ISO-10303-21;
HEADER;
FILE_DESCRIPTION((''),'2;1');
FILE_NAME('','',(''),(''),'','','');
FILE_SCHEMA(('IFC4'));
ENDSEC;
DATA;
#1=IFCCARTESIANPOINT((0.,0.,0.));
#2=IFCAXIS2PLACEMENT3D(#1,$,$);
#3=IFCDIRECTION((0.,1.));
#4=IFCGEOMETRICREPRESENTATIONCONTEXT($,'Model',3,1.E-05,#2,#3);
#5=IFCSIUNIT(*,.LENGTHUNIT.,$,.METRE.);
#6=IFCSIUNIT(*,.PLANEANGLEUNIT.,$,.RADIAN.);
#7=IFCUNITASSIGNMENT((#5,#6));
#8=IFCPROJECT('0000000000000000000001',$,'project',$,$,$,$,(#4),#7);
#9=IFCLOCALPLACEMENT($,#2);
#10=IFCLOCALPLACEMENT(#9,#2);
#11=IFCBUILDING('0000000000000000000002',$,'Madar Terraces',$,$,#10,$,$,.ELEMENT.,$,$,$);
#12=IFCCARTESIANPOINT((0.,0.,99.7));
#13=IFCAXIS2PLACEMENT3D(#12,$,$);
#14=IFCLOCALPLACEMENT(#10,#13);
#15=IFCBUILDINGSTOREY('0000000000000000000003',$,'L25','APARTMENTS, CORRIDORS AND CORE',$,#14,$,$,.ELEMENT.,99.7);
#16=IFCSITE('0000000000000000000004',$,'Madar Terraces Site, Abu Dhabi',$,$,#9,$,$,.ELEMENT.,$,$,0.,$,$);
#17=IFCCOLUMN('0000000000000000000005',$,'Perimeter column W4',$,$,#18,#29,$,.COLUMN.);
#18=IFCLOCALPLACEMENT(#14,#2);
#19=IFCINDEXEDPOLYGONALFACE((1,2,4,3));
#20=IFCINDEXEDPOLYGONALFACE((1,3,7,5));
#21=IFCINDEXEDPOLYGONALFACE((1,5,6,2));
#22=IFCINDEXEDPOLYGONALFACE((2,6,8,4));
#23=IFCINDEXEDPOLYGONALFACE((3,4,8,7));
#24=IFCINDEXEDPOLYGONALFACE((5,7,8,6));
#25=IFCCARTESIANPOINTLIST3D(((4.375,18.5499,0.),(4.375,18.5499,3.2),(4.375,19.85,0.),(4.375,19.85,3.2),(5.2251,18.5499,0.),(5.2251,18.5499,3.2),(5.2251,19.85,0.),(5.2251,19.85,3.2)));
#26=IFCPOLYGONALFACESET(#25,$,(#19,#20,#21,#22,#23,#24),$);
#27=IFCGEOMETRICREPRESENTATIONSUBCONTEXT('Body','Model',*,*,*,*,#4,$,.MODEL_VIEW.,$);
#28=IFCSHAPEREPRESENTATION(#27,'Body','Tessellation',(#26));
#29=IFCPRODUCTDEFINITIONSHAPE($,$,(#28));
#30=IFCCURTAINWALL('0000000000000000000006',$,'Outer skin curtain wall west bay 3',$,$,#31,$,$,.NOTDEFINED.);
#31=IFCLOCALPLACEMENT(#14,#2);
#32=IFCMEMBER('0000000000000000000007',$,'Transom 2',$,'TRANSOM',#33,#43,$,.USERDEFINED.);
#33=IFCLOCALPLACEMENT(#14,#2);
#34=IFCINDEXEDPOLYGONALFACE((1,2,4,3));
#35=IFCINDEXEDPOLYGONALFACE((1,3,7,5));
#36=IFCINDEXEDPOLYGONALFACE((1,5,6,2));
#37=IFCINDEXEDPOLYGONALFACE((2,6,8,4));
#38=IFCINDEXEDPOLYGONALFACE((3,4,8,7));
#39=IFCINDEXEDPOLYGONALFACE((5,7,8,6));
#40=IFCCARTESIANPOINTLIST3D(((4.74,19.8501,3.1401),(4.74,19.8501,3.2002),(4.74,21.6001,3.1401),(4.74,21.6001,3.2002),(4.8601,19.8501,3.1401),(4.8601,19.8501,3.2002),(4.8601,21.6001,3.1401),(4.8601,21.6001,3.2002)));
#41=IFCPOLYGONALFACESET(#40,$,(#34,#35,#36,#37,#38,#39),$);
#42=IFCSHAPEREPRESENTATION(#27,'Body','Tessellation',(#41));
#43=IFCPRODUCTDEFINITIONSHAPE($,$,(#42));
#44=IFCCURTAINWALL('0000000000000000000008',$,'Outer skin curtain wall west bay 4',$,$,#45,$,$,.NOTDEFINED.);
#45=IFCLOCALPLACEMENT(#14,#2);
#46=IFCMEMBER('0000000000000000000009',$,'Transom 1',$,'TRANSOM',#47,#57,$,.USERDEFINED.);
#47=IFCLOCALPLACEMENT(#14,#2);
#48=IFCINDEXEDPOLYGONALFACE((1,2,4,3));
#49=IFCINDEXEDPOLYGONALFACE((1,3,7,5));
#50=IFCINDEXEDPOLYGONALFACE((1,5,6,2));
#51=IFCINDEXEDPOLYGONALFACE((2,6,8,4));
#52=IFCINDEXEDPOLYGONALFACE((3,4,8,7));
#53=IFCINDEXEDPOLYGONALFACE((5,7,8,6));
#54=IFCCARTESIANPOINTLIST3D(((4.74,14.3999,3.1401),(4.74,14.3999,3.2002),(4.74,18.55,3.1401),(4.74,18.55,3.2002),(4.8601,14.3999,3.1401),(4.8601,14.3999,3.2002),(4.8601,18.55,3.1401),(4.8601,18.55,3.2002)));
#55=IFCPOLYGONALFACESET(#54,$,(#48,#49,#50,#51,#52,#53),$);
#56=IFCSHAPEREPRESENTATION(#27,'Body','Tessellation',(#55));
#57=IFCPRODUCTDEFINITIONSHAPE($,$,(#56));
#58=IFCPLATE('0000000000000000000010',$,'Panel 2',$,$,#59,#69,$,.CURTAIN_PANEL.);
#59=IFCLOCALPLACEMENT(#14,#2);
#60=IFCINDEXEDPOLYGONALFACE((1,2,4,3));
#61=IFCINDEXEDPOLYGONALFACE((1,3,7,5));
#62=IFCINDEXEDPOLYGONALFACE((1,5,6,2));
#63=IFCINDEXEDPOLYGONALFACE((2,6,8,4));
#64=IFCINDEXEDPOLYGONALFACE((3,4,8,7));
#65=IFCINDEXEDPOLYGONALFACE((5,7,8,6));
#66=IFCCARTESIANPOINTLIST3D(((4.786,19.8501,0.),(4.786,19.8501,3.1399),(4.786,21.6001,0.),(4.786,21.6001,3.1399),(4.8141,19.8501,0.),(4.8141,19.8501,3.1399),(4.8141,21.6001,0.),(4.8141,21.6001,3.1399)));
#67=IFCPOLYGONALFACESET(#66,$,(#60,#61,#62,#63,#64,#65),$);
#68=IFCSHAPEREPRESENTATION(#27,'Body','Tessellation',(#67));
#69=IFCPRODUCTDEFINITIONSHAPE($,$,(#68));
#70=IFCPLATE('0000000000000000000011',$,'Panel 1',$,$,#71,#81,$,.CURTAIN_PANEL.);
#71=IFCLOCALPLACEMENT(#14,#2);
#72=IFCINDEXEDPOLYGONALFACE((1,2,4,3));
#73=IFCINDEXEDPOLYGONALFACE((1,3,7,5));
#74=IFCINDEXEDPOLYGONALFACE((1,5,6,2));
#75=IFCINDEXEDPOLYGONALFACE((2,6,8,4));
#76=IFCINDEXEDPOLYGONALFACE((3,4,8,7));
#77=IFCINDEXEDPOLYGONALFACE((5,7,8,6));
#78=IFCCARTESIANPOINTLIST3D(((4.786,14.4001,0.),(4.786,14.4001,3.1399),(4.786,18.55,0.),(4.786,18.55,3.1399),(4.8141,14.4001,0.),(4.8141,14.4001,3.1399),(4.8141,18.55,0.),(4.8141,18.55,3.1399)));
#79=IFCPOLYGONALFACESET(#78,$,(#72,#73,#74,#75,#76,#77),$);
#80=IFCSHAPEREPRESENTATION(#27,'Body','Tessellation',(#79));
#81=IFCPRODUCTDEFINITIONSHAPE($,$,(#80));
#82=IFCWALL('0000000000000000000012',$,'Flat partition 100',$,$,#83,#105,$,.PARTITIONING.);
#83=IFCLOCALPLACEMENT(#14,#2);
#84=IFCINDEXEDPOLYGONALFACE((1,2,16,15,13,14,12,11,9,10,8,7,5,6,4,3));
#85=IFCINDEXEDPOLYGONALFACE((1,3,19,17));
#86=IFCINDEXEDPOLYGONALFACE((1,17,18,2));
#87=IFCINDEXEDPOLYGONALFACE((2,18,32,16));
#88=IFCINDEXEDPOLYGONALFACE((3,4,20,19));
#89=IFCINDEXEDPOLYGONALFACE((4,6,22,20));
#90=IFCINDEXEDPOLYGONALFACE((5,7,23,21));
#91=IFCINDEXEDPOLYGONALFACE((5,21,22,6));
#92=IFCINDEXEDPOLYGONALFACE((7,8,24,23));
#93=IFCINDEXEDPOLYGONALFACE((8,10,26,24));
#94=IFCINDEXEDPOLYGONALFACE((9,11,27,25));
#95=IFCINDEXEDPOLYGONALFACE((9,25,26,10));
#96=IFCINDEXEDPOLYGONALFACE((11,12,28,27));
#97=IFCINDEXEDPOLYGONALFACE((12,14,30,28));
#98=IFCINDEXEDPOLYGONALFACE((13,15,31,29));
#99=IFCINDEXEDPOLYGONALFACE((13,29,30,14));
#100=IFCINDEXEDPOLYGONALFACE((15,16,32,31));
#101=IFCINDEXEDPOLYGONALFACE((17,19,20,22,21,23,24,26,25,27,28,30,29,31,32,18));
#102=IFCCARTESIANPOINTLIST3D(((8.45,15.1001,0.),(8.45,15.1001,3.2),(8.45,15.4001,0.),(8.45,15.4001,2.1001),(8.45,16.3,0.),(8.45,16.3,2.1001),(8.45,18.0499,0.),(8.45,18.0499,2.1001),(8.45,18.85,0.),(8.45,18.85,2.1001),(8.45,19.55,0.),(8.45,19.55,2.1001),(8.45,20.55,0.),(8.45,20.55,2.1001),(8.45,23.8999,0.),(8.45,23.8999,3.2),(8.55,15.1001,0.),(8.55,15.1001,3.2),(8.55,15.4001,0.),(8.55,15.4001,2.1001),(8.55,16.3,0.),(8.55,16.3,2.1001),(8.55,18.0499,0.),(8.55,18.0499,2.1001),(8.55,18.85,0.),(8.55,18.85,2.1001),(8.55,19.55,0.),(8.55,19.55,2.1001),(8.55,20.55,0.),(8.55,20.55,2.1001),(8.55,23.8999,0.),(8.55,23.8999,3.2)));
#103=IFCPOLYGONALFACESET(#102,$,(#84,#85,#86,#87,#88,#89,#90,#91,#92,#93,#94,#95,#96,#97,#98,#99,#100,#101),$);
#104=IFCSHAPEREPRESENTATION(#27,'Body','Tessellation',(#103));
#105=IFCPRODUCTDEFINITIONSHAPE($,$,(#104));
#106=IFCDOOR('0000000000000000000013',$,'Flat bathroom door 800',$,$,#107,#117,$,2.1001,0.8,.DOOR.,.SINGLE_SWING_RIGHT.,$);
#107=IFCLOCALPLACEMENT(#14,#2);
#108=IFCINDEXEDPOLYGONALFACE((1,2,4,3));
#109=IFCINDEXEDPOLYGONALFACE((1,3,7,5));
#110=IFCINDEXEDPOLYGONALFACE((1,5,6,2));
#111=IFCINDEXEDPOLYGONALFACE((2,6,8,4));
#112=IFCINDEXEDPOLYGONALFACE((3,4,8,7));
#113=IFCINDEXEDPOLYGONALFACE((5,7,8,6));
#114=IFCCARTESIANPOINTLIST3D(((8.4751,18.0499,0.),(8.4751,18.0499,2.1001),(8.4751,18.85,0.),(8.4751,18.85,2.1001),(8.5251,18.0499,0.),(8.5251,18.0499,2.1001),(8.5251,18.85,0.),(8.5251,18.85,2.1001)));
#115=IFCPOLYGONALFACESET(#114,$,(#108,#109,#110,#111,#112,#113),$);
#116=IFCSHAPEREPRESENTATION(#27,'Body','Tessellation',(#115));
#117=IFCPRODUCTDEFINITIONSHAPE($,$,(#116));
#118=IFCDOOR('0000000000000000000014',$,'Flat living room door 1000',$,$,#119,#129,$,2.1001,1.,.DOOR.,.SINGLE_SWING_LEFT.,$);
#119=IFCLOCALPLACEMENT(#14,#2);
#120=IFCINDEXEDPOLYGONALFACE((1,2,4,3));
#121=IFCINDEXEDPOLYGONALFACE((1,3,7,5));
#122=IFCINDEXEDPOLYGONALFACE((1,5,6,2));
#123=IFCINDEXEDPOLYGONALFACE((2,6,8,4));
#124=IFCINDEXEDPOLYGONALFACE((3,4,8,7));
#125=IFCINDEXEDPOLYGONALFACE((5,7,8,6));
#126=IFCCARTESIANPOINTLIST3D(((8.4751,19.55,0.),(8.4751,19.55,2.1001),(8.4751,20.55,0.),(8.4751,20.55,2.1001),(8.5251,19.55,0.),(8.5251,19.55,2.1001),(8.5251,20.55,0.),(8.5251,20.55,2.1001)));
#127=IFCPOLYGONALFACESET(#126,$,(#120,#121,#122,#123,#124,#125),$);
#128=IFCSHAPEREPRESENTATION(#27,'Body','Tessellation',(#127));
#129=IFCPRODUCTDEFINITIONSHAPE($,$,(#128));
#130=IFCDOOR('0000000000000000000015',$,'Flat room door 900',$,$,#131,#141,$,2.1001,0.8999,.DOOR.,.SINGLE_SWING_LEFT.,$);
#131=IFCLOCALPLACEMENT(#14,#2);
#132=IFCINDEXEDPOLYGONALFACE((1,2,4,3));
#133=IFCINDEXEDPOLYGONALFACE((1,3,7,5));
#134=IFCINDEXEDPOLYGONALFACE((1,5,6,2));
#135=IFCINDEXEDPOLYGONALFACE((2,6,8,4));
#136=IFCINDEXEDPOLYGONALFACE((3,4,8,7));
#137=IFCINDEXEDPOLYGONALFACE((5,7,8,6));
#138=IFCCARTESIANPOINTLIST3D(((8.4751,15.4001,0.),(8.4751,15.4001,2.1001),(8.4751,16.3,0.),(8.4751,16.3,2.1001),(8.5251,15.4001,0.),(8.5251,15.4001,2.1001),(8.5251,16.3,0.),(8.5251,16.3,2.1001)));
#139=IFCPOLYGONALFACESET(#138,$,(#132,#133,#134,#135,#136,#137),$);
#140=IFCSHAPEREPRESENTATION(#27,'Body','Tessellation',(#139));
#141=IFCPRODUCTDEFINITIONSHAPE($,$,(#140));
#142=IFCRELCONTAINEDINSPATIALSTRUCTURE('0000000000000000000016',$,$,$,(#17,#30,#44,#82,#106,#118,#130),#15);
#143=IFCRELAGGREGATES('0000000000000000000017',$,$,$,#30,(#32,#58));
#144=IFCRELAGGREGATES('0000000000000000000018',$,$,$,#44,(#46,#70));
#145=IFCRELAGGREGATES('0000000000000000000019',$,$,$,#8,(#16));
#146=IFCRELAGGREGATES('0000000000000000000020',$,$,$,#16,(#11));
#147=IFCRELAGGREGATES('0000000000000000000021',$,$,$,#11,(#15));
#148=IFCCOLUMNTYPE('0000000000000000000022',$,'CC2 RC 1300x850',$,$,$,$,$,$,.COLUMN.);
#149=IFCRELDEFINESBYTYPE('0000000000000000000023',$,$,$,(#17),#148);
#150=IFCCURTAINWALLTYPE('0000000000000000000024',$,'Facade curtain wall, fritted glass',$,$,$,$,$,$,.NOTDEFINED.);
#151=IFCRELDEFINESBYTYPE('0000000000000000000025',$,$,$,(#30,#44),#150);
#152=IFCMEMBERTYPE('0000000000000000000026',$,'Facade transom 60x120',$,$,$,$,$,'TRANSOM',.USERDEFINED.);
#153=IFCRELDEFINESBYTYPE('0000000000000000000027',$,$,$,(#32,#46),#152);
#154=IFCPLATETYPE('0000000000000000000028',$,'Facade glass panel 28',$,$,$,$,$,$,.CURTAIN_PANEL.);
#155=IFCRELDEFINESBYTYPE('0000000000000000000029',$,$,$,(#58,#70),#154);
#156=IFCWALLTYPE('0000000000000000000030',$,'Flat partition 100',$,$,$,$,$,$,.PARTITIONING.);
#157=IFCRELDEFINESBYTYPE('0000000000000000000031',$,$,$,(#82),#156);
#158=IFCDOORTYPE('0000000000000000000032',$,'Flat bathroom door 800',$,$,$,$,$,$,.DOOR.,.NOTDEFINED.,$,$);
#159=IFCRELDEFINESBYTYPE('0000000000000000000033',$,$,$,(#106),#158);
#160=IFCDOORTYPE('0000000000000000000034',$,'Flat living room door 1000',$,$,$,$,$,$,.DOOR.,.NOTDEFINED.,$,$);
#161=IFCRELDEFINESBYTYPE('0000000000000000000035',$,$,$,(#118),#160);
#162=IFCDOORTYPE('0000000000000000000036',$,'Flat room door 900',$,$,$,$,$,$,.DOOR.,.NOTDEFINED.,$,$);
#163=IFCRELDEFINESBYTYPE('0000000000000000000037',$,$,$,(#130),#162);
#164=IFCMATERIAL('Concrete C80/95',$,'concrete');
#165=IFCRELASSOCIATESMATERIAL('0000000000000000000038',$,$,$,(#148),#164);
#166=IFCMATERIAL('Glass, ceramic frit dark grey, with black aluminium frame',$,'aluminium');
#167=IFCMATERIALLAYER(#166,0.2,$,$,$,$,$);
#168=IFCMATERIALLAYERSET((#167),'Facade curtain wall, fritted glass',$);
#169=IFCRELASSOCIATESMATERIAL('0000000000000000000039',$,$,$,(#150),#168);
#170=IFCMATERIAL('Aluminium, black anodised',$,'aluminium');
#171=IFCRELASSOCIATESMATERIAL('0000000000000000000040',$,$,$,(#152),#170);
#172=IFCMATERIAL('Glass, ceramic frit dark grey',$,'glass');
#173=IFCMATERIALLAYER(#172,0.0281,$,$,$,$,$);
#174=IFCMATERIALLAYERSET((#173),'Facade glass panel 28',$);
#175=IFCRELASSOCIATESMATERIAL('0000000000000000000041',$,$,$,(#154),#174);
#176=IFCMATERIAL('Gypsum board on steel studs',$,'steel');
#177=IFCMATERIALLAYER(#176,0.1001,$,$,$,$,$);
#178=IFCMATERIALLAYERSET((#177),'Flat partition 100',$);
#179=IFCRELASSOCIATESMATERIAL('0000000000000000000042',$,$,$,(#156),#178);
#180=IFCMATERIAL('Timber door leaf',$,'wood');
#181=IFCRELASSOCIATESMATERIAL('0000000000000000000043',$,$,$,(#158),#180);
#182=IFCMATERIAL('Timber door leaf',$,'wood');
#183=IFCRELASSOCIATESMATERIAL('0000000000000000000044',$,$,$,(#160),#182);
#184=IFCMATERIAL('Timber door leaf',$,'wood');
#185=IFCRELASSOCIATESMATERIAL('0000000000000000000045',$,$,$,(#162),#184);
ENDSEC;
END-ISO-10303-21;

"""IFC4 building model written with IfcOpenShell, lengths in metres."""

from ifc_helpers import new_model, si_unit, direction, frame, frame_2d, origin, origin_2d, place, context, subcontext, project, spatial, rectangle, extrude, material, layer, layer_set, material_profile, profile_set, type_object, element, fill, aggregate, save


model = new_model("IFC4")

# Units and contexts
model_context = context("Model", 3, precision=1e-05, world=origin(), true_north=direction((0.0, 1.0)))
body_context = subcontext(model_context, "Body", "Model", "MODEL_VIEW")
ifc_project = project(units=[si_unit("LENGTHUNIT", "METRE"), si_unit("PLANEANGLEUNIT", "RADIAN")], contexts=[model_context])

# Site, building, storey
site_placement = place(None, origin())
site = spatial("IfcSite", under=ifc_project, at=site_placement, Name="Madar Terraces Site, Abu Dhabi", CompositionType="ELEMENT", RefElevation=0.0)
building_placement = place(site_placement, origin())
building = spatial("IfcBuilding", under=site, at=building_placement, Name="Madar Terraces", CompositionType="ELEMENT")
storey_placement = place(building_placement, frame((0.0, 0.0, 99.7)))
storey = spatial("IfcBuildingStorey", under=building, at=storey_placement, Name="L25", Description="APARTMENTS, CORRIDORS AND CORE", CompositionType="ELEMENT", Elevation=99.7)

# Column
ifc_material_1 = material(Name="Concrete C80/95", Category="concrete")
ifc_material_profile_1 = material_profile(ifc_material_1, rectangle(XDim=1.3, YDim=0.8501, at=origin_2d()), Name="CC2 RC 1300x850")
ifc_profile_set_1 = profile_set([ifc_material_profile_1], Name="Concrete C80/95")
column_type = type_object("IfcColumnType", Name="CC2 RC 1300x850", PredefinedType="COLUMN", material=ifc_profile_set_1)
column_placement = place(storey_placement, frame((4.8, 19.2, 0.0), z_axis=(0.0, 0.0, 1.0), x_axis=(0.0, 1.0, 0.0)))
element("IfcColumn", 1, at=column_placement, inside=storey, type_object=column_type, Name="Perimeter column W4", PredefinedType="COLUMN", context=body_context, shape_type="SweptSolid", body=[
    extrude(rectangle(XDim=1.3, YDim=0.8501, at=origin_2d()), origin(), (0.0, 0.0, 1.0), 3.2),
])

# Curtain walls, members
ifc_material_2 = material(Name="Glass, ceramic frit dark grey, with black aluminium frame", Category="aluminium")
ifc_layer_1 = layer(ifc_material_2, 0.2)
ifc_layer_set_1 = layer_set([ifc_layer_1], Name="Facade curtain wall, fritted glass")
curtain_wall_type = type_object("IfcCurtainWallType", Name="Facade curtain wall, fritted glass", PredefinedType="NOTDEFINED", material=ifc_layer_set_1)
curtain_wall_1_placement = place(storey_placement, origin())
curtain_wall_1 = element("IfcCurtainWall", 2, at=curtain_wall_1_placement, inside=storey, type_object=curtain_wall_type, Name="Outer skin curtain wall west bay 3", PredefinedType="NOTDEFINED")
ifc_material_3 = material(Name="Aluminium, black anodised", Category="aluminium")
ifc_material_profile_2 = material_profile(ifc_material_3, rectangle(XDim=0.1201, YDim=0.0601, at=origin_2d()), Name="Facade transom 60x120")
ifc_profile_set_2 = profile_set([ifc_material_profile_2], Name="Aluminium, black anodised")
member_type = type_object("IfcMemberType", Name="Facade transom 60x120", ElementType="TRANSOM", PredefinedType="USERDEFINED", material=ifc_profile_set_2)
member_1_placement = place(storey_placement, frame((4.8, 21.6001, 3.1702), z_axis=(0.0, -1.0, 0.0), x_axis=(1.0, 0.0, 0.0)))
member_1 = element("IfcMember", 3, at=member_1_placement, type_object=member_type, Name="Transom 2", ObjectType="TRANSOM", PredefinedType="USERDEFINED", context=body_context, shape_type="SweptSolid", body=[
    extrude(rectangle(XDim=0.1201, YDim=0.0601, at=origin_2d()), origin(), (0.0, 0.0, 1.0), 1.75),
])
curtain_wall_2_placement = place(storey_placement, origin())
curtain_wall_2 = element("IfcCurtainWall", 4, at=curtain_wall_2_placement, inside=storey, type_object=curtain_wall_type, Name="Outer skin curtain wall west bay 4", PredefinedType="NOTDEFINED")
member_2_placement = place(storey_placement, frame((4.8, 18.55, 3.1702), z_axis=(0.0, -1.0, 0.0), x_axis=(1.0, 0.0, 0.0)))
member_2 = element("IfcMember", 5, at=member_2_placement, type_object=member_type, Name="Transom 1", ObjectType="TRANSOM", PredefinedType="USERDEFINED", context=body_context, shape_type="SweptSolid", body=[
    extrude(rectangle(XDim=0.1201, YDim=0.0601, at=origin_2d()), origin(), (0.0, 0.0, 1.0), 4.1501),
])

# Plates
ifc_material_4 = material(Name="Glass, ceramic frit dark grey", Category="glass")
ifc_layer_2 = layer(ifc_material_4, 0.0281)
ifc_layer_set_2 = layer_set([ifc_layer_2], Name="Facade glass panel 28")
plate_type = type_object("IfcPlateType", Name="Facade glass panel 28", PredefinedType="CURTAIN_PANEL", material=ifc_layer_set_2)
plate_1_placement = place(storey_placement, frame((4.8, 20.7251, 0.0), z_axis=(0.0, 0.0, 1.0), x_axis=(0.0, -1.0, 0.0)))
plate_1 = element("IfcPlate", 6, at=plate_1_placement, type_object=plate_type, Name="Panel 2", PredefinedType="CURTAIN_PANEL", context=body_context, shape_type="SweptSolid", body=[
    extrude(rectangle(XDim=1.75, YDim=0.0281, at=origin_2d()), origin(), (0.0, 0.0, 1.0), 3.1399),
])
aggregate(curtain_wall_1, [member_1, plate_1])
plate_2_placement = place(storey_placement, frame((4.8, 16.4751, 0.0), z_axis=(0.0, 0.0, 1.0), x_axis=(0.0, -1.0, 0.0)))
plate_2 = element("IfcPlate", 7, at=plate_2_placement, type_object=plate_type, Name="Panel 1", PredefinedType="CURTAIN_PANEL", context=body_context, shape_type="SweptSolid", body=[
    extrude(rectangle(XDim=4.1499, YDim=0.0281, at=origin_2d()), origin(), (0.0, 0.0, 1.0), 3.1399),
])
aggregate(curtain_wall_2, [member_2, plate_2])

# Wall, openings, doors
ifc_material_5 = material(Name="Gypsum board on steel studs", Category="steel")
ifc_layer_3 = layer(ifc_material_5, 0.1001)
ifc_layer_set_3 = layer_set([ifc_layer_3], Name="Flat partition 100")
wall_type_1 = type_object("IfcWallType", Name="Flat partition 100", PredefinedType="PARTITIONING", material=ifc_layer_set_3)
wall_1_placement = place(storey_placement, frame((8.5, 15.1001, 0.0), z_axis=(0.0, 0.0, 1.0), x_axis=(0.0, 1.0, 0.0)))
wall_1 = element("IfcWall", 8, at=wall_1_placement, inside=storey, type_object=wall_type_1, Name="Flat partition 100", PredefinedType="PARTITIONING", context=body_context, shape_type="SweptSolid", body=[
    extrude(rectangle(XDim=8.7998, YDim=0.1001, at=frame_2d((4.3999, 0.0))), origin(), (0.0, 0.0, 1.0), 3.2),
])
opening_1_placement = place(wall_1_placement, frame((4.45, 0.0, 0.0)))
opening_1 = element("IfcOpeningElement", 9, at=opening_1_placement, cuts=wall_1, PredefinedType="OPENING", context=body_context, shape_type="SweptSolid", body=[
    extrude(rectangle(XDim=1.0, YDim=2.1001, at=frame_2d((0.5, 1.05))), frame((0.0, 0.0601, 0.0), z_axis=(0.0, -1.0, 0.0), x_axis=(1.0, 0.0, 0.0)), (0.0, 0.0, 1.0), 0.1201),
])
opening_2_placement = place(wall_1_placement, frame((2.95, 0.0, 0.0)))
opening_2 = element("IfcOpeningElement", 10, at=opening_2_placement, cuts=wall_1, PredefinedType="OPENING", context=body_context, shape_type="SweptSolid", body=[
    extrude(rectangle(XDim=0.8, YDim=2.1001, at=frame_2d((0.3999, 1.05))), frame((0.0, 0.0601, 0.0), z_axis=(0.0, -1.0, 0.0), x_axis=(1.0, 0.0, 0.0)), (0.0, 0.0, 1.0), 0.1201),
])
opening_3_placement = place(wall_1_placement, frame((0.3, 0.0, 0.0)))
opening_3 = element("IfcOpeningElement", 11, at=opening_3_placement, cuts=wall_1, PredefinedType="OPENING", context=body_context, shape_type="SweptSolid", body=[
    extrude(rectangle(XDim=0.8999, YDim=2.1001, at=frame_2d((0.45, 1.05))), frame((0.0, 0.0601, 0.0), z_axis=(0.0, -1.0, 0.0), x_axis=(1.0, 0.0, 0.0)), (0.0, 0.0, 1.0), 0.1201),
])
ifc_material_6 = material(Name="Timber door leaf", Category="wood")
door_type_1 = type_object("IfcDoorType", Name="Flat bathroom door 800", OperationType="NOTDEFINED", PredefinedType="DOOR", material=ifc_material_6)
door_1_placement = place(opening_2_placement, origin())
door_1 = element("IfcDoor", 12, at=door_1_placement, inside=storey, type_object=door_type_1, Name="Flat bathroom door 800", OperationType="SINGLE_SWING_RIGHT", OverallHeight=2.1001, OverallWidth=0.8, PredefinedType="DOOR", context=body_context, shape_type="SweptSolid", body=[
    extrude(rectangle(XDim=0.8, YDim=2.1001, at=frame_2d((0.3999, 1.05))), frame((0.0, 0.0249, 0.0), z_axis=(0.0, -1.0, 0.0), x_axis=(1.0, 0.0, 0.0)), (0.0, 0.0, 1.0), 0.05),
])
fill(opening_2, door_1)
ifc_material_7 = material(Name="Timber door leaf", Category="wood")
door_type_2 = type_object("IfcDoorType", Name="Flat living room door 1000", OperationType="NOTDEFINED", PredefinedType="DOOR", material=ifc_material_7)
door_2_placement = place(opening_1_placement, origin())
door_2 = element("IfcDoor", 13, at=door_2_placement, inside=storey, type_object=door_type_2, Name="Flat living room door 1000", OperationType="SINGLE_SWING_LEFT", OverallHeight=2.1001, OverallWidth=1.0, PredefinedType="DOOR", context=body_context, shape_type="SweptSolid", body=[
    extrude(rectangle(XDim=1.0, YDim=2.1001, at=frame_2d((0.5, 1.05))), frame((0.0, 0.0249, 0.0), z_axis=(0.0, -1.0, 0.0), x_axis=(1.0, 0.0, 0.0)), (0.0, 0.0, 1.0), 0.05),
])
fill(opening_1, door_2)
ifc_material_8 = material(Name="Timber door leaf", Category="wood")
door_type_3 = type_object("IfcDoorType", Name="Flat room door 900", OperationType="NOTDEFINED", PredefinedType="DOOR", material=ifc_material_8)
door_3_placement = place(opening_3_placement, origin())
door_3 = element("IfcDoor", 14, at=door_3_placement, inside=storey, type_object=door_type_3, Name="Flat room door 900", OperationType="SINGLE_SWING_LEFT", OverallHeight=2.1001, OverallWidth=0.8999, PredefinedType="DOOR", context=body_context, shape_type="SweptSolid", body=[
    extrude(rectangle(XDim=0.8999, YDim=2.1001, at=frame_2d((0.45, 1.05))), frame((0.0, 0.0249, 0.0), z_axis=(0.0, -1.0, 0.0), x_axis=(1.0, 0.0, 0.0)), (0.0, 0.0, 1.0), 0.05),
])
fill(opening_3, door_3)

save(model, "model.ifc")
